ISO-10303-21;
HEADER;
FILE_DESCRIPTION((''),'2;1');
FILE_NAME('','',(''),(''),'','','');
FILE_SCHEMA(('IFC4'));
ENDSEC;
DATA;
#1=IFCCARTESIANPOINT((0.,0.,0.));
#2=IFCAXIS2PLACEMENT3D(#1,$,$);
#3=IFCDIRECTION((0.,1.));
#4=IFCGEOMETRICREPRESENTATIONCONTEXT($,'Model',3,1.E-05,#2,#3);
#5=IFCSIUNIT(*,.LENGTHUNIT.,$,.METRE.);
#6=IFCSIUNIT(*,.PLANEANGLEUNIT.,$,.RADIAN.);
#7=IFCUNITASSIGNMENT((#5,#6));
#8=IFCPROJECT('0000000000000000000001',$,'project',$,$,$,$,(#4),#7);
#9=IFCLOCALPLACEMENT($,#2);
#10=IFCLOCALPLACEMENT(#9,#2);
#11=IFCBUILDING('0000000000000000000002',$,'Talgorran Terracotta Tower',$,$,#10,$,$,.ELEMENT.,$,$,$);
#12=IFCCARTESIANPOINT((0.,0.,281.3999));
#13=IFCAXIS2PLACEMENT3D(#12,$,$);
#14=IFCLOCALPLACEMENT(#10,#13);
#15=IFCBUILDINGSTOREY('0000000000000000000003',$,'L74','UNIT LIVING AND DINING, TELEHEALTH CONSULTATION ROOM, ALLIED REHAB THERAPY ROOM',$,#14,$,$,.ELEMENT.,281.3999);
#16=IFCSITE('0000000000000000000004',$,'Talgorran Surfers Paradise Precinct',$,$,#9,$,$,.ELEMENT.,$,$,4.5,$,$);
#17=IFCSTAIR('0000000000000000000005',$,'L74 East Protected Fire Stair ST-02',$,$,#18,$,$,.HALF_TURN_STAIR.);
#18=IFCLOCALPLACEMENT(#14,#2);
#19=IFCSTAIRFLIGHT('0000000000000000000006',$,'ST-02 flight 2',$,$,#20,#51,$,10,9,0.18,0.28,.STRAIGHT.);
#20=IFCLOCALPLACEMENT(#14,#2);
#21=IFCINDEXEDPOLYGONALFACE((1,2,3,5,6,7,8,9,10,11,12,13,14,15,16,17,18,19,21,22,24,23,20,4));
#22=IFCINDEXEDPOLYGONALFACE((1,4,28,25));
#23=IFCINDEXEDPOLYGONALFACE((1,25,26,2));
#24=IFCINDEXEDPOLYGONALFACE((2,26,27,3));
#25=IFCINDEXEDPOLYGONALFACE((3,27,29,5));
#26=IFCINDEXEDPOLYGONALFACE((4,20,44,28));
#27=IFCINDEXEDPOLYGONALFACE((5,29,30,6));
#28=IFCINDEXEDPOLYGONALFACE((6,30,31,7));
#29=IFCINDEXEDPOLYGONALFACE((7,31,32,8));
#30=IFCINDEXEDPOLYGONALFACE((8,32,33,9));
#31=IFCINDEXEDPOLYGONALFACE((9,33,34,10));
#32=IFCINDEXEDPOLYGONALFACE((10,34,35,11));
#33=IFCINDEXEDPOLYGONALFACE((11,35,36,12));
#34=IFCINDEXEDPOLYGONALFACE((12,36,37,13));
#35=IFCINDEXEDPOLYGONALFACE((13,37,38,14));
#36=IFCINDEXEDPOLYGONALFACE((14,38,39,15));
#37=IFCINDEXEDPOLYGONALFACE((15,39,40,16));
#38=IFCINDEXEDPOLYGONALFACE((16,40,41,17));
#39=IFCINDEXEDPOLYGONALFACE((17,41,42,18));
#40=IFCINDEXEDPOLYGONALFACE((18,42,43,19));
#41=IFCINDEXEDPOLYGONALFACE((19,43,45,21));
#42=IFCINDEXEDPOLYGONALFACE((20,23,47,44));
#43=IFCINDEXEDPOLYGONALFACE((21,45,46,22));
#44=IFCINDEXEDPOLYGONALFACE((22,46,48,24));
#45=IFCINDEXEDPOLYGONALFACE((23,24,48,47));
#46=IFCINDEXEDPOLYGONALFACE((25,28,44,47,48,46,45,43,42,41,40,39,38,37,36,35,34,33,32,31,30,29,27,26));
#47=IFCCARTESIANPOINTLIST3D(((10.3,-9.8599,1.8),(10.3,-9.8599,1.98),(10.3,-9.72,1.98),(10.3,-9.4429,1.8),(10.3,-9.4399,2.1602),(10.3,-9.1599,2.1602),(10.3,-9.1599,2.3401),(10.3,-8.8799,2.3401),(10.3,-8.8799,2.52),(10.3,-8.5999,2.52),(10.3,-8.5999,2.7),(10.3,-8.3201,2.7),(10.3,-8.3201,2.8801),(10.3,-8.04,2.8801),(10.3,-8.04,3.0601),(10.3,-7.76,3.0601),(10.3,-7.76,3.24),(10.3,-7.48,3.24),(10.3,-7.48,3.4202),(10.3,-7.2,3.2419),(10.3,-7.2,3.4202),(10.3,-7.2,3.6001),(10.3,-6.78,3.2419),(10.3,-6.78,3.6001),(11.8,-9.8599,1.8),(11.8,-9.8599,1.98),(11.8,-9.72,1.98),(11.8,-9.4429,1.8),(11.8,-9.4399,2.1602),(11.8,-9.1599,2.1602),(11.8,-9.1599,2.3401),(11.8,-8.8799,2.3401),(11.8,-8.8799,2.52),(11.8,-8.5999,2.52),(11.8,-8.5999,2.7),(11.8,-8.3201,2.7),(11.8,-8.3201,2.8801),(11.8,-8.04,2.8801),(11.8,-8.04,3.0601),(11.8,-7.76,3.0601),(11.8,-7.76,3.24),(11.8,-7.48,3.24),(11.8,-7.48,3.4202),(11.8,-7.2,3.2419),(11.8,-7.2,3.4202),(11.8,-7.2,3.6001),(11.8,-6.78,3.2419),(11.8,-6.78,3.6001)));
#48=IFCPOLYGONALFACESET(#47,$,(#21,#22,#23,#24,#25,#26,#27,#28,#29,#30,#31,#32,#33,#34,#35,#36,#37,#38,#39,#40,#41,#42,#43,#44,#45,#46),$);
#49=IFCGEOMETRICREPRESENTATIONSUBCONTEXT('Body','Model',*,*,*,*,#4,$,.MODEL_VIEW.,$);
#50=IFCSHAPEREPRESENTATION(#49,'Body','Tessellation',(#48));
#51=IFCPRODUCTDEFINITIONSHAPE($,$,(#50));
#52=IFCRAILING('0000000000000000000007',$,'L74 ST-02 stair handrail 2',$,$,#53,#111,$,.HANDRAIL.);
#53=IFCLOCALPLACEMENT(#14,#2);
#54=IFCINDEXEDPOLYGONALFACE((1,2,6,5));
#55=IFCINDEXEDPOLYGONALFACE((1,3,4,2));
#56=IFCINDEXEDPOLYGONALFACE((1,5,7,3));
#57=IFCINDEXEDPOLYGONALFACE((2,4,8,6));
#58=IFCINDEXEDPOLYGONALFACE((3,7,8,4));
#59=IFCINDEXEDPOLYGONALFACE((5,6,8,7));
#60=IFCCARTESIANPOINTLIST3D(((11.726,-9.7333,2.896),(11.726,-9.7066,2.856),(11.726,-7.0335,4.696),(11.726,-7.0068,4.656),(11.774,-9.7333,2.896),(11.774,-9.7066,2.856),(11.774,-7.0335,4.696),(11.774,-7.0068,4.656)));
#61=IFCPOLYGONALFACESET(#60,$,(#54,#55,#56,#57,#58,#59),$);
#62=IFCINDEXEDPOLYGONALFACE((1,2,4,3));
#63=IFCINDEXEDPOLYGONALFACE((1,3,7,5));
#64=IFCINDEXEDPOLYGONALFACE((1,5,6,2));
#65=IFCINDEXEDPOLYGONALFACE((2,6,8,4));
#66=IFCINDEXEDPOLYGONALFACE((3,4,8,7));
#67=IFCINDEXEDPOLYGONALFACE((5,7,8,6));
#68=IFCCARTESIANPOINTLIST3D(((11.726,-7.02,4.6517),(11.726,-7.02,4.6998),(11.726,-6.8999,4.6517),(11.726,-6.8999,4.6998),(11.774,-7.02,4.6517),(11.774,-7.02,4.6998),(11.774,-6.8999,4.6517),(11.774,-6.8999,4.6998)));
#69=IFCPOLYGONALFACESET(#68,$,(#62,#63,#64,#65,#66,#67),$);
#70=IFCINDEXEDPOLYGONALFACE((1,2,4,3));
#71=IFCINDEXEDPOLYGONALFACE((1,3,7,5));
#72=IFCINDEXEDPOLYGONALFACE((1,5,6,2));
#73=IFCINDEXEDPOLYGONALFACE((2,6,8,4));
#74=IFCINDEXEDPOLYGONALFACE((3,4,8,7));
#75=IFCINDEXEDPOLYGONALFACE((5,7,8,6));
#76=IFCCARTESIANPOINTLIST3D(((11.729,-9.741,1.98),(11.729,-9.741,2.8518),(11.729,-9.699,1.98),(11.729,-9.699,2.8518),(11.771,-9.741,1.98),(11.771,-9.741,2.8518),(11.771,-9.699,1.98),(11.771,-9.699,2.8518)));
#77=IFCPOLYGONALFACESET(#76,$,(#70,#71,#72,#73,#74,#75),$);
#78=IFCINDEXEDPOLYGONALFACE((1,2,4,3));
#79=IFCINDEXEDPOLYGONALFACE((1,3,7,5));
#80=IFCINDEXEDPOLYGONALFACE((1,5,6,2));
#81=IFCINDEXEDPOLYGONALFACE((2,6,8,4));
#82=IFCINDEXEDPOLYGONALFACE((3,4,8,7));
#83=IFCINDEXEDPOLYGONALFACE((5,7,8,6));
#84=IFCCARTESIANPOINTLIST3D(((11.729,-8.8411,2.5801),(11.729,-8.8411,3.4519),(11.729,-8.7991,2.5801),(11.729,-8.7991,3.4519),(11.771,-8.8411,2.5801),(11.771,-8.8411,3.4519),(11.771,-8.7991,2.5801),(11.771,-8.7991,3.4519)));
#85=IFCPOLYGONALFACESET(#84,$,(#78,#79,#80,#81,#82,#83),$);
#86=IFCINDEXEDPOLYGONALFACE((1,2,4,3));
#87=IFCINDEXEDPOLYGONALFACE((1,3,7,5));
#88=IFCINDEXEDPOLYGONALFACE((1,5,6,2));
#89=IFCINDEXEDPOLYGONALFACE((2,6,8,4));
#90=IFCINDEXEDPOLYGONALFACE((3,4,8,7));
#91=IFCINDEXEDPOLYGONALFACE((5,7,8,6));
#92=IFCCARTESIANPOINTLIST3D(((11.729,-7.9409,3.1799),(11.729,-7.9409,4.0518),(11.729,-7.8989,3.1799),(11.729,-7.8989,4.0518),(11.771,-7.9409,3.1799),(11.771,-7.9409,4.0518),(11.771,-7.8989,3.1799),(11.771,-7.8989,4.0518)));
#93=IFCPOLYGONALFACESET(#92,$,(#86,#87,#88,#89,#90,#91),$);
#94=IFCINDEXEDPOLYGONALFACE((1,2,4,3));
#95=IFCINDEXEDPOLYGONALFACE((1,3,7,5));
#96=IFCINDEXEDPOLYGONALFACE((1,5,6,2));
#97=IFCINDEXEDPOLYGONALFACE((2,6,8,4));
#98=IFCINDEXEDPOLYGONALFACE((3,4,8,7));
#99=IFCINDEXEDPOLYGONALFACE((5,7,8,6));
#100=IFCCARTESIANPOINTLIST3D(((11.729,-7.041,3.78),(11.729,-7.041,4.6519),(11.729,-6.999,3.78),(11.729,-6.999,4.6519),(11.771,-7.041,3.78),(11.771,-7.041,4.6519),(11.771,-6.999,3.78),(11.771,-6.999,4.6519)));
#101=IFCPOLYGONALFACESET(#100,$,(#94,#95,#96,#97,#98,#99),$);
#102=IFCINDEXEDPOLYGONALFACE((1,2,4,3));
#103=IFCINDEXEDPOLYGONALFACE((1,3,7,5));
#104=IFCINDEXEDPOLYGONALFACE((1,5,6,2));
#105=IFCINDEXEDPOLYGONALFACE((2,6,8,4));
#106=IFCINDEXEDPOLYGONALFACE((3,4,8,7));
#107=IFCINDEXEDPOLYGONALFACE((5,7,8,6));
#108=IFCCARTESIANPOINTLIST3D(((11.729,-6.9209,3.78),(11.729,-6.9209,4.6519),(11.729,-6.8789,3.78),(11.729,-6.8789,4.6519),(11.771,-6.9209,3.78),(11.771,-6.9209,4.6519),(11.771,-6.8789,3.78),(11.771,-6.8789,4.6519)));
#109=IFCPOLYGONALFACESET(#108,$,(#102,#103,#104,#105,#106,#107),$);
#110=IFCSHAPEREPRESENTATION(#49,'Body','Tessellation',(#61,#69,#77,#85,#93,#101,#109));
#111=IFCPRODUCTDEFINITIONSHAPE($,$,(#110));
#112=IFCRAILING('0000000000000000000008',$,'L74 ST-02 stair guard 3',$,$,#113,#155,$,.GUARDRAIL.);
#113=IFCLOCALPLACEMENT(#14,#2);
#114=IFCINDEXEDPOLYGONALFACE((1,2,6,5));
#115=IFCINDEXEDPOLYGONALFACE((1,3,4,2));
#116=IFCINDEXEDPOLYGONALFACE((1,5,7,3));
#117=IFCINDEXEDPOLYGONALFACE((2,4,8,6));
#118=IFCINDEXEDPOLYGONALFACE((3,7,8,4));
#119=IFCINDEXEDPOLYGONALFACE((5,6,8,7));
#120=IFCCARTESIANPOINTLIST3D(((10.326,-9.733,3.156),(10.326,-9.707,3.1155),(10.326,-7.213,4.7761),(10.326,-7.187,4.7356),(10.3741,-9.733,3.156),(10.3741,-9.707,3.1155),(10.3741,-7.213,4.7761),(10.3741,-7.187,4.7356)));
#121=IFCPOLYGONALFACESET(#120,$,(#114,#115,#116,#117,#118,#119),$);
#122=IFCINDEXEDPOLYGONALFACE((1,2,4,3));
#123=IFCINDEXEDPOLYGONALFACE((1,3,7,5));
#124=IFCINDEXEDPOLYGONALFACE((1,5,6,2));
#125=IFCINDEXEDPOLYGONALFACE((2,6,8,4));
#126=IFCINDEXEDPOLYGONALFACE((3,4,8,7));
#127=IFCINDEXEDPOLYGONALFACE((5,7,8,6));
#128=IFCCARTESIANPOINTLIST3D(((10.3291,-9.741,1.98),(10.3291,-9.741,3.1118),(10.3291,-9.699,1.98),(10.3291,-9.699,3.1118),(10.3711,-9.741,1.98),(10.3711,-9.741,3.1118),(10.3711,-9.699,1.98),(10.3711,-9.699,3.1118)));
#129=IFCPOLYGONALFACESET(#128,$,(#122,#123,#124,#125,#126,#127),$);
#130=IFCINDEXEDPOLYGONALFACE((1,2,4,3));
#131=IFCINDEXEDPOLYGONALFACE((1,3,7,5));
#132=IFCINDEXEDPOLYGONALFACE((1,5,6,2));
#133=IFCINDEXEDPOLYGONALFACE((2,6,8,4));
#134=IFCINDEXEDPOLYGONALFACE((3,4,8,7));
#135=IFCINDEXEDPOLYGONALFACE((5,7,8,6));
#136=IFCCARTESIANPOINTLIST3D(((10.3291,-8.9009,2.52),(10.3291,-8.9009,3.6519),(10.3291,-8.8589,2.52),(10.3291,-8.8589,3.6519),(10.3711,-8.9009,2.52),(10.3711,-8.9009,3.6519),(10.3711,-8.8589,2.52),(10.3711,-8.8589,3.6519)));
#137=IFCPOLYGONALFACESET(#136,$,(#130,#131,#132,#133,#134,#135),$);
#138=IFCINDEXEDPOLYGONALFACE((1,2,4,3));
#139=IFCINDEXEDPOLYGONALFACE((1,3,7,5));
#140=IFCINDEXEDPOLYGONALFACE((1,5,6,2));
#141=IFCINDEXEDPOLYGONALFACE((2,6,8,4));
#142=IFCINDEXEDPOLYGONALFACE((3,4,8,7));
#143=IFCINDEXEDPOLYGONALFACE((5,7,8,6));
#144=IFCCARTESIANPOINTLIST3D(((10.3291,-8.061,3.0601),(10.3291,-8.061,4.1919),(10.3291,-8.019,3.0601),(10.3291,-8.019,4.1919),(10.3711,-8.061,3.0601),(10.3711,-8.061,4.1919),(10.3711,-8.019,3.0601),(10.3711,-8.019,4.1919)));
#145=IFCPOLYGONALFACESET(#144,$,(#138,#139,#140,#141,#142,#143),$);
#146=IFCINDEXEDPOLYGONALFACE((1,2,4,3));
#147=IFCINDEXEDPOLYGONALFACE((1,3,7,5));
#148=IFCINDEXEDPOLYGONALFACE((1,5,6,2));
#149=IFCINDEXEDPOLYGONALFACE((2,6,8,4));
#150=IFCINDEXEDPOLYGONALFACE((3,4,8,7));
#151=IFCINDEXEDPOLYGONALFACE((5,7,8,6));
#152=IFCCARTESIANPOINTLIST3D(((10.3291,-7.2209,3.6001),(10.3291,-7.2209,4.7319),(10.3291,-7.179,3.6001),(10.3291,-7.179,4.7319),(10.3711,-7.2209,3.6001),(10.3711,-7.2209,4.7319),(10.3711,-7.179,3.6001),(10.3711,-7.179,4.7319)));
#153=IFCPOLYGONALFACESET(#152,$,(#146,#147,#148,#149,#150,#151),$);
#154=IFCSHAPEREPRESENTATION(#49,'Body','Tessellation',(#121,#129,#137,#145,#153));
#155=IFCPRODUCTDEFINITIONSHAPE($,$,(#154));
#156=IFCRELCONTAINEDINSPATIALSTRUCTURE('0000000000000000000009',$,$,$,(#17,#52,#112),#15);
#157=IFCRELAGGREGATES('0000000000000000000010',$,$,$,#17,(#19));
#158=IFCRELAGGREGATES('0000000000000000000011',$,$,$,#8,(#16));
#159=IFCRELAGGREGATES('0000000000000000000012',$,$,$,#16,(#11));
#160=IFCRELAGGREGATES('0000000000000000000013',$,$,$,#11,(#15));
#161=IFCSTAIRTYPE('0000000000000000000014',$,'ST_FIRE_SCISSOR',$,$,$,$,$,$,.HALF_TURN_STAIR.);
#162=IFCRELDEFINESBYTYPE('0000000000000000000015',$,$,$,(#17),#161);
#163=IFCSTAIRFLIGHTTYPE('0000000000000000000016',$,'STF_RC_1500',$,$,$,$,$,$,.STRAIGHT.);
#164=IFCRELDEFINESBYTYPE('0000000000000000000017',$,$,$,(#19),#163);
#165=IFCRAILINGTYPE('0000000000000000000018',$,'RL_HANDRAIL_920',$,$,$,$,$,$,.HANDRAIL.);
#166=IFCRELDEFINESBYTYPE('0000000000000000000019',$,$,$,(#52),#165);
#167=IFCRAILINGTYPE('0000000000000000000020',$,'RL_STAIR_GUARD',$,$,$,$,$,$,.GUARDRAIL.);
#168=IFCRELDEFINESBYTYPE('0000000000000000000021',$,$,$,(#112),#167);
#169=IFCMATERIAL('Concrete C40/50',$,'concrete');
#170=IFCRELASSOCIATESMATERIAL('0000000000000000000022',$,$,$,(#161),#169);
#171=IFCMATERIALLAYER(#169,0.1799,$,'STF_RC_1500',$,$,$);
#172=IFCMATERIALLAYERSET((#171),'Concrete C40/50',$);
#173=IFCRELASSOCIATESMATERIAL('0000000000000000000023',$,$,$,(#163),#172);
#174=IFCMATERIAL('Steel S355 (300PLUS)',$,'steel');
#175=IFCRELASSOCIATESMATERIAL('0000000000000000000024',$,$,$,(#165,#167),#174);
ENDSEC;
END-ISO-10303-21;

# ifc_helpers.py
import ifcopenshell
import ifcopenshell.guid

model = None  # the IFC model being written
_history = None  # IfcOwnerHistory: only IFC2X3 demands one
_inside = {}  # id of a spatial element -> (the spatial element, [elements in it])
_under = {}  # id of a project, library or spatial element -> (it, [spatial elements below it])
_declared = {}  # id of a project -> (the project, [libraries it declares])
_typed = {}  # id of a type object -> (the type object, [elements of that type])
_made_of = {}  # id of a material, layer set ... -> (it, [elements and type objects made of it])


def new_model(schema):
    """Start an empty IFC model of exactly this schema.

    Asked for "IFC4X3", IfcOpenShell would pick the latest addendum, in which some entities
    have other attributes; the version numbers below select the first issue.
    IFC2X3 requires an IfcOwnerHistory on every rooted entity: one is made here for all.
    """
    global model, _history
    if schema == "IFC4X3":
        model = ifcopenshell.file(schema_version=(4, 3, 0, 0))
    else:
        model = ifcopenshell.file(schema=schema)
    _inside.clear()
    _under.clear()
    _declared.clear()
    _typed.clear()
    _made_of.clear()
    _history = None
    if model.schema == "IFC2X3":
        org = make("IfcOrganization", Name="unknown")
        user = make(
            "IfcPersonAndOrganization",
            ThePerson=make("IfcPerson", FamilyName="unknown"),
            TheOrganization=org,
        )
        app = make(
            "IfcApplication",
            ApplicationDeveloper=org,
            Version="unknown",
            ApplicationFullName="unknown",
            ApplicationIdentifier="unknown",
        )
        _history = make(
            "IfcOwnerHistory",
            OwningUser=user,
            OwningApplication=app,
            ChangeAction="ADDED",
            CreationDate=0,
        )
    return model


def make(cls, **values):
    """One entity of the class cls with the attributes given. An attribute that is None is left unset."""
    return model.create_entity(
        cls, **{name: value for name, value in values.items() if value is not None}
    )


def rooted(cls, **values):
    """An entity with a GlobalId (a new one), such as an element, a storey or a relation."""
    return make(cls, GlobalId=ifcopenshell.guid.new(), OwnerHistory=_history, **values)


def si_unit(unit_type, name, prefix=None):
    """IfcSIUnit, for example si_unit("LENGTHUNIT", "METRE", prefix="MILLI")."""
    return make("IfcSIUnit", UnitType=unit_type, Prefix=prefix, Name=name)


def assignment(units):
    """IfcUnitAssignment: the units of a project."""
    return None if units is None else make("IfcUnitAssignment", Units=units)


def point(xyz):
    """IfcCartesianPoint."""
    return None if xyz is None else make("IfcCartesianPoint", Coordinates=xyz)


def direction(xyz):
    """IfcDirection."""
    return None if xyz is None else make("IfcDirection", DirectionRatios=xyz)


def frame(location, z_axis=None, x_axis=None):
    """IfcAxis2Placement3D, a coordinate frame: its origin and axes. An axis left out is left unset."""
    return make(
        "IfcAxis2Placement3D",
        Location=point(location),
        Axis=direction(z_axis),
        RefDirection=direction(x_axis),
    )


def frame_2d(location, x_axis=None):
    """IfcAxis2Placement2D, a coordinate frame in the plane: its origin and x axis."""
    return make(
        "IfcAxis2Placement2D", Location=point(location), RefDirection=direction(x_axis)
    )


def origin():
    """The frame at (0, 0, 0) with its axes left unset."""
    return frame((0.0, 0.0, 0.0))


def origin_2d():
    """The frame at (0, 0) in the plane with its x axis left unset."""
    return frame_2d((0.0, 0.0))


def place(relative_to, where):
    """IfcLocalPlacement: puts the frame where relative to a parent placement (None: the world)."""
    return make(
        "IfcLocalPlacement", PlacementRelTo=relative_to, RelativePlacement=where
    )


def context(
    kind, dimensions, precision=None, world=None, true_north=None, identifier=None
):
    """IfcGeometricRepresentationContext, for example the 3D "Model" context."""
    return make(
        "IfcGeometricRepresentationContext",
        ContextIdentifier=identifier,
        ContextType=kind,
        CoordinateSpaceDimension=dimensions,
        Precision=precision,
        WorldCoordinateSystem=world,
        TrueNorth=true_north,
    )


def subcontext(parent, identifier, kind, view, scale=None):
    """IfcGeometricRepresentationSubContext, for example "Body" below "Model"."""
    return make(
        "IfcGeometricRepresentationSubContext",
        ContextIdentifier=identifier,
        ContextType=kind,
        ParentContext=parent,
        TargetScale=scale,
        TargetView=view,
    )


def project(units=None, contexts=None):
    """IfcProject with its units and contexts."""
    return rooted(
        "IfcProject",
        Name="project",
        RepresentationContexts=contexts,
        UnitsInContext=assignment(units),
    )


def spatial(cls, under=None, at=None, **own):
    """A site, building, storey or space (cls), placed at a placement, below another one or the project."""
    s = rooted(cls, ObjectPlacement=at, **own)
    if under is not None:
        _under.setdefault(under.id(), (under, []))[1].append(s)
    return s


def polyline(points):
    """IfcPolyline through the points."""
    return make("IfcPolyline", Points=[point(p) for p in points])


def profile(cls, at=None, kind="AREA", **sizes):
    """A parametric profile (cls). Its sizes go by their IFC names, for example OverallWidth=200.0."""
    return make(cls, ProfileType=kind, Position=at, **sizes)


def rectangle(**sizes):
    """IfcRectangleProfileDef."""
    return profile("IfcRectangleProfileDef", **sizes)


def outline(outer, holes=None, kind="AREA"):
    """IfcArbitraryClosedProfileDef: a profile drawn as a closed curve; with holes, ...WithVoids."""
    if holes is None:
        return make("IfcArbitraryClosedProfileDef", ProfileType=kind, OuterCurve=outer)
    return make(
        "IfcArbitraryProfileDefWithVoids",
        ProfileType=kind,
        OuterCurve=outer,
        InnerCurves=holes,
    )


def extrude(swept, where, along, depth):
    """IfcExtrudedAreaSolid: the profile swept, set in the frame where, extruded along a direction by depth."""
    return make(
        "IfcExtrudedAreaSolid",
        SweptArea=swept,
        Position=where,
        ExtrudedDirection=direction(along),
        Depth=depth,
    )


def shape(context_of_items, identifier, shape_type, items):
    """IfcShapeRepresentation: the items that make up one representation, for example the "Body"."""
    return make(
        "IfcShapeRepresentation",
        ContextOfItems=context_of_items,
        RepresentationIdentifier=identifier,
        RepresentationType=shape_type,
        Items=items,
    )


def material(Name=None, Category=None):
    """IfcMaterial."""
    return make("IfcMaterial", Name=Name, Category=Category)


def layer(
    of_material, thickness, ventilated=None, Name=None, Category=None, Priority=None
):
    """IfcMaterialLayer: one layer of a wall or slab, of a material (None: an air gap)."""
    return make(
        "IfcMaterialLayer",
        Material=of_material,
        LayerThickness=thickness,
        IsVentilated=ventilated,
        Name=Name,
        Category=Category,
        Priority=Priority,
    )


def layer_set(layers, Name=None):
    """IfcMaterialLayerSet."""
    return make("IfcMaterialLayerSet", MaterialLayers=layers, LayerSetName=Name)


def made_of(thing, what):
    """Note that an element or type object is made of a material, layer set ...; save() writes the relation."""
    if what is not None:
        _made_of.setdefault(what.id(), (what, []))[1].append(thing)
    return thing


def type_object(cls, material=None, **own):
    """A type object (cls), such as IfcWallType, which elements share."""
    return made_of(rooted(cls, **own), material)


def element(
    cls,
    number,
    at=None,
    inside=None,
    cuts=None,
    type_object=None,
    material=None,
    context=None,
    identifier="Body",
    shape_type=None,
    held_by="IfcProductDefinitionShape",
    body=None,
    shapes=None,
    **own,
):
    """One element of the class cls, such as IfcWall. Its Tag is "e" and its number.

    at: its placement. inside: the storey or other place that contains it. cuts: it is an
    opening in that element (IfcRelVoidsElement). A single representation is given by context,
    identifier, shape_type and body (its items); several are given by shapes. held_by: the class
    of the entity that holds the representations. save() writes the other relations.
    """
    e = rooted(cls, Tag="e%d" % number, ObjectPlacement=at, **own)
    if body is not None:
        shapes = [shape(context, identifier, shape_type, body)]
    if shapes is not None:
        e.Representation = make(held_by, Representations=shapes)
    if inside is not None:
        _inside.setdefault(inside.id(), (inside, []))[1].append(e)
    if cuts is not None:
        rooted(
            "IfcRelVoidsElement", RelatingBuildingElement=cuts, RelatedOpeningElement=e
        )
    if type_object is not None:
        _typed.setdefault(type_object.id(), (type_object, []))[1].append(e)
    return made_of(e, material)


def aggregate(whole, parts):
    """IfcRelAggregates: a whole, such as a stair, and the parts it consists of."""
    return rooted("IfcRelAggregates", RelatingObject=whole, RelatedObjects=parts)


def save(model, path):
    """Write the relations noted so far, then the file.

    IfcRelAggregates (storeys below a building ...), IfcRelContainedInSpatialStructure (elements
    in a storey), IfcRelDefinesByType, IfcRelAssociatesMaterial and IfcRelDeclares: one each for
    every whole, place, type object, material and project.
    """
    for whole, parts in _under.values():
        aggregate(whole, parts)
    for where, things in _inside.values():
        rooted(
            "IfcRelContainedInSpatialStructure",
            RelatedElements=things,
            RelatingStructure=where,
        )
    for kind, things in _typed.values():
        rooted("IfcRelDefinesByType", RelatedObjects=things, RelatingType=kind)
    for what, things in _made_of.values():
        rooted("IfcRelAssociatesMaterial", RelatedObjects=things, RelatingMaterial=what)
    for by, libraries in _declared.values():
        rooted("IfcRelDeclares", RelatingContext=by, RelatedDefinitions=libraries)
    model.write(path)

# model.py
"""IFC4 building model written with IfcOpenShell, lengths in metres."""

from ifc_helpers import new_model, si_unit, direction, frame, origin, origin_2d, place, context, subcontext, project, spatial, polyline, rectangle, outline, extrude, material, layer, layer_set, type_object, element, aggregate, save


model = new_model("IFC4")

# Units and contexts
model_context = context("Model", 3, precision=1e-05, world=origin(), true_north=direction((0.0, 1.0)))
body_context = subcontext(model_context, "Body", "Model", "MODEL_VIEW")
ifc_project = project(units=[si_unit("LENGTHUNIT", "METRE"), si_unit("PLANEANGLEUNIT", "RADIAN")], contexts=[model_context])

# Site, building, storey
site_placement = place(None, origin())
site = spatial("IfcSite", under=ifc_project, at=site_placement, Name="Talgorran Surfers Paradise Precinct", CompositionType="ELEMENT", RefElevation=4.5)
building_placement = place(site_placement, origin())
building = spatial("IfcBuilding", under=site, at=building_placement, Name="Talgorran Terracotta Tower", CompositionType="ELEMENT")
storey_placement = place(building_placement, frame((0.0, 0.0, 281.3999)))
storey = spatial("IfcBuildingStorey", under=building, at=storey_placement, Name="L74", Description="UNIT LIVING AND DINING, TELEHEALTH CONSULTATION ROOM, ALLIED REHAB THERAPY ROOM", CompositionType="ELEMENT", Elevation=281.3999)

# Shared definitions
ifc_material_1 = material(Name="Steel S355 (300PLUS)", Category="steel")

# Stair, stair flight
ifc_material_2 = material(Name="Concrete C40/50", Category="concrete")
stair_type = type_object("IfcStairType", Name="ST_FIRE_SCISSOR", PredefinedType="HALF_TURN_STAIR", material=ifc_material_2)
stair_placement = place(storey_placement, origin())
stair = element("IfcStair", 1, at=stair_placement, inside=storey, type_object=stair_type, Name="L74 East Protected Fire Stair ST-02", PredefinedType="HALF_TURN_STAIR")
ifc_layer_1 = layer(ifc_material_2, 0.1799, Name="STF_RC_1500")
ifc_layer_set_1 = layer_set([ifc_layer_1], Name="Concrete C40/50")
stair_flight_type = type_object("IfcStairFlightType", Name="STF_RC_1500", PredefinedType="STRAIGHT", material=ifc_layer_set_1)
stair_flight_placement = place(storey_placement, frame((11.05, -9.72, 1.8), z_axis=(0.0, 0.0, 1.0), x_axis=(0.0, 1.0, 0.0)))
stair_flight = element("IfcStairFlight", 2, at=stair_flight_placement, type_object=stair_flight_type, Name="ST-02 flight 2", NumberOfRisers=10, NumberOfTreads=9, PredefinedType="STRAIGHT", RiserHeight=0.18, TreadLength=0.28, context=body_context, shape_type="SweptSolid", body=[
    extrude(outline(polyline([(-0.1399, 0.0), (-0.1399, 0.1799), (0.0, 0.1799), (0.28, 0.3601), (0.5601, 0.3601), (0.5601, 0.54), (0.8401, 0.54), (0.8401, 0.72), (1.1201, 0.72), (1.1201, 0.8999), (1.3999, 0.8999), (1.3999, 1.0801), (1.6799, 1.0801), (1.6799, 1.26), (1.96, 1.26), (1.96, 1.4399), (2.24, 1.4399), (2.24, 1.6201), (2.52, 1.6201), (2.52, 1.8), (2.9399, 1.8), (2.9399, 1.4419), (2.52, 1.4419), (0.2771, 0.0), (-0.1399, 0.0)])), frame((0.0, 0.75, 0.0), z_axis=(0.0, -1.0, 0.0), x_axis=(1.0, 0.0, 0.0)), (0.0, 0.0, 1.0), 1.5),
])
aggregate(stair, [stair_flight])

# Railings
railing_type_1 = type_object("IfcRailingType", Name="RL_HANDRAIL_920", PredefinedType="HANDRAIL", material=ifc_material_1)
railing_1_placement = place(storey_placement, frame((11.75, -9.72, 1.98)))
element("IfcRailing", 3, at=railing_1_placement, inside=storey, type_object=railing_type_1, Name="L74 ST-02 stair handrail 2", PredefinedType="HANDRAIL", context=body_context, shape_type="SweptSolid", body=[
    extrude(rectangle(XDim=0.0481, YDim=0.0481, at=origin_2d()), frame((0.0, 0.0, 0.896), z_axis=(0.0, 0.832039, 0.554718), x_axis=(-1.0, 0.0, 0.0)), (0.0, 0.0, 1.0), 3.2449),
    extrude(rectangle(XDim=0.0481, YDim=0.0481, at=origin_2d()), frame((0.0, 2.7, 2.6958), z_axis=(0.0, 1.0, 0.0), x_axis=(-1.0, 0.0, 0.0)), (0.0, 0.0, 1.0), 0.1201),
    extrude(rectangle(XDim=0.042, YDim=0.042, at=origin_2d()), origin(), (0.0, 0.0, 1.0), 0.8718),
    extrude(rectangle(XDim=0.042, YDim=0.042, at=origin_2d()), frame((0.0, 0.8999, 0.6001)), (0.0, 0.0, 1.0), 0.8718),
    extrude(rectangle(XDim=0.042, YDim=0.042, at=origin_2d()), frame((0.0, 1.8, 1.2)), (0.0, 0.0, 1.0), 0.8718),
    extrude(rectangle(XDim=0.042, YDim=0.042, at=origin_2d()), frame((0.0, 2.7, 1.8)), (0.0, 0.0, 1.0), 0.8718),
    extrude(rectangle(XDim=0.042, YDim=0.042, at=origin_2d()), frame((0.0, 2.8201, 1.8)), (0.0, 0.0, 1.0), 0.8718),
])
railing_type_2 = type_object("IfcRailingType", Name="RL_STAIR_GUARD", PredefinedType="GUARDRAIL", material=ifc_material_1)
railing_2_placement = place(storey_placement, frame((10.3501, -9.72, 1.98)))
element("IfcRailing", 4, at=railing_2_placement, inside=storey, type_object=railing_type_2, Name="L74 ST-02 stair guard 3", PredefinedType="GUARDRAIL", context=body_context, shape_type="SweptSolid", body=[
    extrude(rectangle(XDim=0.0481, YDim=0.0481, at=origin_2d()), frame((0.0, 0.0, 1.1558), z_axis=(0.0, 0.841163, 0.540782), x_axis=(-1.0, 0.0, 0.0)), (0.0, 0.0, 1.0), 2.9958),
    extrude(rectangle(XDim=0.042, YDim=0.042, at=origin_2d()), origin(), (0.0, 0.0, 1.0), 1.1318),
    extrude(rectangle(XDim=0.042, YDim=0.042, at=origin_2d()), frame((0.0, 0.8401, 0.54)), (0.0, 0.0, 1.0), 1.1318),
    extrude(rectangle(XDim=0.042, YDim=0.042, at=origin_2d()), frame((0.0, 1.6799, 1.0801)), (0.0, 0.0, 1.0), 1.1318),
    extrude(rectangle(XDim=0.042, YDim=0.042, at=origin_2d()), frame((0.0, 2.52, 1.6201)), (0.0, 0.0, 1.0), 1.1318),
])

save(model, "model.ifc")
